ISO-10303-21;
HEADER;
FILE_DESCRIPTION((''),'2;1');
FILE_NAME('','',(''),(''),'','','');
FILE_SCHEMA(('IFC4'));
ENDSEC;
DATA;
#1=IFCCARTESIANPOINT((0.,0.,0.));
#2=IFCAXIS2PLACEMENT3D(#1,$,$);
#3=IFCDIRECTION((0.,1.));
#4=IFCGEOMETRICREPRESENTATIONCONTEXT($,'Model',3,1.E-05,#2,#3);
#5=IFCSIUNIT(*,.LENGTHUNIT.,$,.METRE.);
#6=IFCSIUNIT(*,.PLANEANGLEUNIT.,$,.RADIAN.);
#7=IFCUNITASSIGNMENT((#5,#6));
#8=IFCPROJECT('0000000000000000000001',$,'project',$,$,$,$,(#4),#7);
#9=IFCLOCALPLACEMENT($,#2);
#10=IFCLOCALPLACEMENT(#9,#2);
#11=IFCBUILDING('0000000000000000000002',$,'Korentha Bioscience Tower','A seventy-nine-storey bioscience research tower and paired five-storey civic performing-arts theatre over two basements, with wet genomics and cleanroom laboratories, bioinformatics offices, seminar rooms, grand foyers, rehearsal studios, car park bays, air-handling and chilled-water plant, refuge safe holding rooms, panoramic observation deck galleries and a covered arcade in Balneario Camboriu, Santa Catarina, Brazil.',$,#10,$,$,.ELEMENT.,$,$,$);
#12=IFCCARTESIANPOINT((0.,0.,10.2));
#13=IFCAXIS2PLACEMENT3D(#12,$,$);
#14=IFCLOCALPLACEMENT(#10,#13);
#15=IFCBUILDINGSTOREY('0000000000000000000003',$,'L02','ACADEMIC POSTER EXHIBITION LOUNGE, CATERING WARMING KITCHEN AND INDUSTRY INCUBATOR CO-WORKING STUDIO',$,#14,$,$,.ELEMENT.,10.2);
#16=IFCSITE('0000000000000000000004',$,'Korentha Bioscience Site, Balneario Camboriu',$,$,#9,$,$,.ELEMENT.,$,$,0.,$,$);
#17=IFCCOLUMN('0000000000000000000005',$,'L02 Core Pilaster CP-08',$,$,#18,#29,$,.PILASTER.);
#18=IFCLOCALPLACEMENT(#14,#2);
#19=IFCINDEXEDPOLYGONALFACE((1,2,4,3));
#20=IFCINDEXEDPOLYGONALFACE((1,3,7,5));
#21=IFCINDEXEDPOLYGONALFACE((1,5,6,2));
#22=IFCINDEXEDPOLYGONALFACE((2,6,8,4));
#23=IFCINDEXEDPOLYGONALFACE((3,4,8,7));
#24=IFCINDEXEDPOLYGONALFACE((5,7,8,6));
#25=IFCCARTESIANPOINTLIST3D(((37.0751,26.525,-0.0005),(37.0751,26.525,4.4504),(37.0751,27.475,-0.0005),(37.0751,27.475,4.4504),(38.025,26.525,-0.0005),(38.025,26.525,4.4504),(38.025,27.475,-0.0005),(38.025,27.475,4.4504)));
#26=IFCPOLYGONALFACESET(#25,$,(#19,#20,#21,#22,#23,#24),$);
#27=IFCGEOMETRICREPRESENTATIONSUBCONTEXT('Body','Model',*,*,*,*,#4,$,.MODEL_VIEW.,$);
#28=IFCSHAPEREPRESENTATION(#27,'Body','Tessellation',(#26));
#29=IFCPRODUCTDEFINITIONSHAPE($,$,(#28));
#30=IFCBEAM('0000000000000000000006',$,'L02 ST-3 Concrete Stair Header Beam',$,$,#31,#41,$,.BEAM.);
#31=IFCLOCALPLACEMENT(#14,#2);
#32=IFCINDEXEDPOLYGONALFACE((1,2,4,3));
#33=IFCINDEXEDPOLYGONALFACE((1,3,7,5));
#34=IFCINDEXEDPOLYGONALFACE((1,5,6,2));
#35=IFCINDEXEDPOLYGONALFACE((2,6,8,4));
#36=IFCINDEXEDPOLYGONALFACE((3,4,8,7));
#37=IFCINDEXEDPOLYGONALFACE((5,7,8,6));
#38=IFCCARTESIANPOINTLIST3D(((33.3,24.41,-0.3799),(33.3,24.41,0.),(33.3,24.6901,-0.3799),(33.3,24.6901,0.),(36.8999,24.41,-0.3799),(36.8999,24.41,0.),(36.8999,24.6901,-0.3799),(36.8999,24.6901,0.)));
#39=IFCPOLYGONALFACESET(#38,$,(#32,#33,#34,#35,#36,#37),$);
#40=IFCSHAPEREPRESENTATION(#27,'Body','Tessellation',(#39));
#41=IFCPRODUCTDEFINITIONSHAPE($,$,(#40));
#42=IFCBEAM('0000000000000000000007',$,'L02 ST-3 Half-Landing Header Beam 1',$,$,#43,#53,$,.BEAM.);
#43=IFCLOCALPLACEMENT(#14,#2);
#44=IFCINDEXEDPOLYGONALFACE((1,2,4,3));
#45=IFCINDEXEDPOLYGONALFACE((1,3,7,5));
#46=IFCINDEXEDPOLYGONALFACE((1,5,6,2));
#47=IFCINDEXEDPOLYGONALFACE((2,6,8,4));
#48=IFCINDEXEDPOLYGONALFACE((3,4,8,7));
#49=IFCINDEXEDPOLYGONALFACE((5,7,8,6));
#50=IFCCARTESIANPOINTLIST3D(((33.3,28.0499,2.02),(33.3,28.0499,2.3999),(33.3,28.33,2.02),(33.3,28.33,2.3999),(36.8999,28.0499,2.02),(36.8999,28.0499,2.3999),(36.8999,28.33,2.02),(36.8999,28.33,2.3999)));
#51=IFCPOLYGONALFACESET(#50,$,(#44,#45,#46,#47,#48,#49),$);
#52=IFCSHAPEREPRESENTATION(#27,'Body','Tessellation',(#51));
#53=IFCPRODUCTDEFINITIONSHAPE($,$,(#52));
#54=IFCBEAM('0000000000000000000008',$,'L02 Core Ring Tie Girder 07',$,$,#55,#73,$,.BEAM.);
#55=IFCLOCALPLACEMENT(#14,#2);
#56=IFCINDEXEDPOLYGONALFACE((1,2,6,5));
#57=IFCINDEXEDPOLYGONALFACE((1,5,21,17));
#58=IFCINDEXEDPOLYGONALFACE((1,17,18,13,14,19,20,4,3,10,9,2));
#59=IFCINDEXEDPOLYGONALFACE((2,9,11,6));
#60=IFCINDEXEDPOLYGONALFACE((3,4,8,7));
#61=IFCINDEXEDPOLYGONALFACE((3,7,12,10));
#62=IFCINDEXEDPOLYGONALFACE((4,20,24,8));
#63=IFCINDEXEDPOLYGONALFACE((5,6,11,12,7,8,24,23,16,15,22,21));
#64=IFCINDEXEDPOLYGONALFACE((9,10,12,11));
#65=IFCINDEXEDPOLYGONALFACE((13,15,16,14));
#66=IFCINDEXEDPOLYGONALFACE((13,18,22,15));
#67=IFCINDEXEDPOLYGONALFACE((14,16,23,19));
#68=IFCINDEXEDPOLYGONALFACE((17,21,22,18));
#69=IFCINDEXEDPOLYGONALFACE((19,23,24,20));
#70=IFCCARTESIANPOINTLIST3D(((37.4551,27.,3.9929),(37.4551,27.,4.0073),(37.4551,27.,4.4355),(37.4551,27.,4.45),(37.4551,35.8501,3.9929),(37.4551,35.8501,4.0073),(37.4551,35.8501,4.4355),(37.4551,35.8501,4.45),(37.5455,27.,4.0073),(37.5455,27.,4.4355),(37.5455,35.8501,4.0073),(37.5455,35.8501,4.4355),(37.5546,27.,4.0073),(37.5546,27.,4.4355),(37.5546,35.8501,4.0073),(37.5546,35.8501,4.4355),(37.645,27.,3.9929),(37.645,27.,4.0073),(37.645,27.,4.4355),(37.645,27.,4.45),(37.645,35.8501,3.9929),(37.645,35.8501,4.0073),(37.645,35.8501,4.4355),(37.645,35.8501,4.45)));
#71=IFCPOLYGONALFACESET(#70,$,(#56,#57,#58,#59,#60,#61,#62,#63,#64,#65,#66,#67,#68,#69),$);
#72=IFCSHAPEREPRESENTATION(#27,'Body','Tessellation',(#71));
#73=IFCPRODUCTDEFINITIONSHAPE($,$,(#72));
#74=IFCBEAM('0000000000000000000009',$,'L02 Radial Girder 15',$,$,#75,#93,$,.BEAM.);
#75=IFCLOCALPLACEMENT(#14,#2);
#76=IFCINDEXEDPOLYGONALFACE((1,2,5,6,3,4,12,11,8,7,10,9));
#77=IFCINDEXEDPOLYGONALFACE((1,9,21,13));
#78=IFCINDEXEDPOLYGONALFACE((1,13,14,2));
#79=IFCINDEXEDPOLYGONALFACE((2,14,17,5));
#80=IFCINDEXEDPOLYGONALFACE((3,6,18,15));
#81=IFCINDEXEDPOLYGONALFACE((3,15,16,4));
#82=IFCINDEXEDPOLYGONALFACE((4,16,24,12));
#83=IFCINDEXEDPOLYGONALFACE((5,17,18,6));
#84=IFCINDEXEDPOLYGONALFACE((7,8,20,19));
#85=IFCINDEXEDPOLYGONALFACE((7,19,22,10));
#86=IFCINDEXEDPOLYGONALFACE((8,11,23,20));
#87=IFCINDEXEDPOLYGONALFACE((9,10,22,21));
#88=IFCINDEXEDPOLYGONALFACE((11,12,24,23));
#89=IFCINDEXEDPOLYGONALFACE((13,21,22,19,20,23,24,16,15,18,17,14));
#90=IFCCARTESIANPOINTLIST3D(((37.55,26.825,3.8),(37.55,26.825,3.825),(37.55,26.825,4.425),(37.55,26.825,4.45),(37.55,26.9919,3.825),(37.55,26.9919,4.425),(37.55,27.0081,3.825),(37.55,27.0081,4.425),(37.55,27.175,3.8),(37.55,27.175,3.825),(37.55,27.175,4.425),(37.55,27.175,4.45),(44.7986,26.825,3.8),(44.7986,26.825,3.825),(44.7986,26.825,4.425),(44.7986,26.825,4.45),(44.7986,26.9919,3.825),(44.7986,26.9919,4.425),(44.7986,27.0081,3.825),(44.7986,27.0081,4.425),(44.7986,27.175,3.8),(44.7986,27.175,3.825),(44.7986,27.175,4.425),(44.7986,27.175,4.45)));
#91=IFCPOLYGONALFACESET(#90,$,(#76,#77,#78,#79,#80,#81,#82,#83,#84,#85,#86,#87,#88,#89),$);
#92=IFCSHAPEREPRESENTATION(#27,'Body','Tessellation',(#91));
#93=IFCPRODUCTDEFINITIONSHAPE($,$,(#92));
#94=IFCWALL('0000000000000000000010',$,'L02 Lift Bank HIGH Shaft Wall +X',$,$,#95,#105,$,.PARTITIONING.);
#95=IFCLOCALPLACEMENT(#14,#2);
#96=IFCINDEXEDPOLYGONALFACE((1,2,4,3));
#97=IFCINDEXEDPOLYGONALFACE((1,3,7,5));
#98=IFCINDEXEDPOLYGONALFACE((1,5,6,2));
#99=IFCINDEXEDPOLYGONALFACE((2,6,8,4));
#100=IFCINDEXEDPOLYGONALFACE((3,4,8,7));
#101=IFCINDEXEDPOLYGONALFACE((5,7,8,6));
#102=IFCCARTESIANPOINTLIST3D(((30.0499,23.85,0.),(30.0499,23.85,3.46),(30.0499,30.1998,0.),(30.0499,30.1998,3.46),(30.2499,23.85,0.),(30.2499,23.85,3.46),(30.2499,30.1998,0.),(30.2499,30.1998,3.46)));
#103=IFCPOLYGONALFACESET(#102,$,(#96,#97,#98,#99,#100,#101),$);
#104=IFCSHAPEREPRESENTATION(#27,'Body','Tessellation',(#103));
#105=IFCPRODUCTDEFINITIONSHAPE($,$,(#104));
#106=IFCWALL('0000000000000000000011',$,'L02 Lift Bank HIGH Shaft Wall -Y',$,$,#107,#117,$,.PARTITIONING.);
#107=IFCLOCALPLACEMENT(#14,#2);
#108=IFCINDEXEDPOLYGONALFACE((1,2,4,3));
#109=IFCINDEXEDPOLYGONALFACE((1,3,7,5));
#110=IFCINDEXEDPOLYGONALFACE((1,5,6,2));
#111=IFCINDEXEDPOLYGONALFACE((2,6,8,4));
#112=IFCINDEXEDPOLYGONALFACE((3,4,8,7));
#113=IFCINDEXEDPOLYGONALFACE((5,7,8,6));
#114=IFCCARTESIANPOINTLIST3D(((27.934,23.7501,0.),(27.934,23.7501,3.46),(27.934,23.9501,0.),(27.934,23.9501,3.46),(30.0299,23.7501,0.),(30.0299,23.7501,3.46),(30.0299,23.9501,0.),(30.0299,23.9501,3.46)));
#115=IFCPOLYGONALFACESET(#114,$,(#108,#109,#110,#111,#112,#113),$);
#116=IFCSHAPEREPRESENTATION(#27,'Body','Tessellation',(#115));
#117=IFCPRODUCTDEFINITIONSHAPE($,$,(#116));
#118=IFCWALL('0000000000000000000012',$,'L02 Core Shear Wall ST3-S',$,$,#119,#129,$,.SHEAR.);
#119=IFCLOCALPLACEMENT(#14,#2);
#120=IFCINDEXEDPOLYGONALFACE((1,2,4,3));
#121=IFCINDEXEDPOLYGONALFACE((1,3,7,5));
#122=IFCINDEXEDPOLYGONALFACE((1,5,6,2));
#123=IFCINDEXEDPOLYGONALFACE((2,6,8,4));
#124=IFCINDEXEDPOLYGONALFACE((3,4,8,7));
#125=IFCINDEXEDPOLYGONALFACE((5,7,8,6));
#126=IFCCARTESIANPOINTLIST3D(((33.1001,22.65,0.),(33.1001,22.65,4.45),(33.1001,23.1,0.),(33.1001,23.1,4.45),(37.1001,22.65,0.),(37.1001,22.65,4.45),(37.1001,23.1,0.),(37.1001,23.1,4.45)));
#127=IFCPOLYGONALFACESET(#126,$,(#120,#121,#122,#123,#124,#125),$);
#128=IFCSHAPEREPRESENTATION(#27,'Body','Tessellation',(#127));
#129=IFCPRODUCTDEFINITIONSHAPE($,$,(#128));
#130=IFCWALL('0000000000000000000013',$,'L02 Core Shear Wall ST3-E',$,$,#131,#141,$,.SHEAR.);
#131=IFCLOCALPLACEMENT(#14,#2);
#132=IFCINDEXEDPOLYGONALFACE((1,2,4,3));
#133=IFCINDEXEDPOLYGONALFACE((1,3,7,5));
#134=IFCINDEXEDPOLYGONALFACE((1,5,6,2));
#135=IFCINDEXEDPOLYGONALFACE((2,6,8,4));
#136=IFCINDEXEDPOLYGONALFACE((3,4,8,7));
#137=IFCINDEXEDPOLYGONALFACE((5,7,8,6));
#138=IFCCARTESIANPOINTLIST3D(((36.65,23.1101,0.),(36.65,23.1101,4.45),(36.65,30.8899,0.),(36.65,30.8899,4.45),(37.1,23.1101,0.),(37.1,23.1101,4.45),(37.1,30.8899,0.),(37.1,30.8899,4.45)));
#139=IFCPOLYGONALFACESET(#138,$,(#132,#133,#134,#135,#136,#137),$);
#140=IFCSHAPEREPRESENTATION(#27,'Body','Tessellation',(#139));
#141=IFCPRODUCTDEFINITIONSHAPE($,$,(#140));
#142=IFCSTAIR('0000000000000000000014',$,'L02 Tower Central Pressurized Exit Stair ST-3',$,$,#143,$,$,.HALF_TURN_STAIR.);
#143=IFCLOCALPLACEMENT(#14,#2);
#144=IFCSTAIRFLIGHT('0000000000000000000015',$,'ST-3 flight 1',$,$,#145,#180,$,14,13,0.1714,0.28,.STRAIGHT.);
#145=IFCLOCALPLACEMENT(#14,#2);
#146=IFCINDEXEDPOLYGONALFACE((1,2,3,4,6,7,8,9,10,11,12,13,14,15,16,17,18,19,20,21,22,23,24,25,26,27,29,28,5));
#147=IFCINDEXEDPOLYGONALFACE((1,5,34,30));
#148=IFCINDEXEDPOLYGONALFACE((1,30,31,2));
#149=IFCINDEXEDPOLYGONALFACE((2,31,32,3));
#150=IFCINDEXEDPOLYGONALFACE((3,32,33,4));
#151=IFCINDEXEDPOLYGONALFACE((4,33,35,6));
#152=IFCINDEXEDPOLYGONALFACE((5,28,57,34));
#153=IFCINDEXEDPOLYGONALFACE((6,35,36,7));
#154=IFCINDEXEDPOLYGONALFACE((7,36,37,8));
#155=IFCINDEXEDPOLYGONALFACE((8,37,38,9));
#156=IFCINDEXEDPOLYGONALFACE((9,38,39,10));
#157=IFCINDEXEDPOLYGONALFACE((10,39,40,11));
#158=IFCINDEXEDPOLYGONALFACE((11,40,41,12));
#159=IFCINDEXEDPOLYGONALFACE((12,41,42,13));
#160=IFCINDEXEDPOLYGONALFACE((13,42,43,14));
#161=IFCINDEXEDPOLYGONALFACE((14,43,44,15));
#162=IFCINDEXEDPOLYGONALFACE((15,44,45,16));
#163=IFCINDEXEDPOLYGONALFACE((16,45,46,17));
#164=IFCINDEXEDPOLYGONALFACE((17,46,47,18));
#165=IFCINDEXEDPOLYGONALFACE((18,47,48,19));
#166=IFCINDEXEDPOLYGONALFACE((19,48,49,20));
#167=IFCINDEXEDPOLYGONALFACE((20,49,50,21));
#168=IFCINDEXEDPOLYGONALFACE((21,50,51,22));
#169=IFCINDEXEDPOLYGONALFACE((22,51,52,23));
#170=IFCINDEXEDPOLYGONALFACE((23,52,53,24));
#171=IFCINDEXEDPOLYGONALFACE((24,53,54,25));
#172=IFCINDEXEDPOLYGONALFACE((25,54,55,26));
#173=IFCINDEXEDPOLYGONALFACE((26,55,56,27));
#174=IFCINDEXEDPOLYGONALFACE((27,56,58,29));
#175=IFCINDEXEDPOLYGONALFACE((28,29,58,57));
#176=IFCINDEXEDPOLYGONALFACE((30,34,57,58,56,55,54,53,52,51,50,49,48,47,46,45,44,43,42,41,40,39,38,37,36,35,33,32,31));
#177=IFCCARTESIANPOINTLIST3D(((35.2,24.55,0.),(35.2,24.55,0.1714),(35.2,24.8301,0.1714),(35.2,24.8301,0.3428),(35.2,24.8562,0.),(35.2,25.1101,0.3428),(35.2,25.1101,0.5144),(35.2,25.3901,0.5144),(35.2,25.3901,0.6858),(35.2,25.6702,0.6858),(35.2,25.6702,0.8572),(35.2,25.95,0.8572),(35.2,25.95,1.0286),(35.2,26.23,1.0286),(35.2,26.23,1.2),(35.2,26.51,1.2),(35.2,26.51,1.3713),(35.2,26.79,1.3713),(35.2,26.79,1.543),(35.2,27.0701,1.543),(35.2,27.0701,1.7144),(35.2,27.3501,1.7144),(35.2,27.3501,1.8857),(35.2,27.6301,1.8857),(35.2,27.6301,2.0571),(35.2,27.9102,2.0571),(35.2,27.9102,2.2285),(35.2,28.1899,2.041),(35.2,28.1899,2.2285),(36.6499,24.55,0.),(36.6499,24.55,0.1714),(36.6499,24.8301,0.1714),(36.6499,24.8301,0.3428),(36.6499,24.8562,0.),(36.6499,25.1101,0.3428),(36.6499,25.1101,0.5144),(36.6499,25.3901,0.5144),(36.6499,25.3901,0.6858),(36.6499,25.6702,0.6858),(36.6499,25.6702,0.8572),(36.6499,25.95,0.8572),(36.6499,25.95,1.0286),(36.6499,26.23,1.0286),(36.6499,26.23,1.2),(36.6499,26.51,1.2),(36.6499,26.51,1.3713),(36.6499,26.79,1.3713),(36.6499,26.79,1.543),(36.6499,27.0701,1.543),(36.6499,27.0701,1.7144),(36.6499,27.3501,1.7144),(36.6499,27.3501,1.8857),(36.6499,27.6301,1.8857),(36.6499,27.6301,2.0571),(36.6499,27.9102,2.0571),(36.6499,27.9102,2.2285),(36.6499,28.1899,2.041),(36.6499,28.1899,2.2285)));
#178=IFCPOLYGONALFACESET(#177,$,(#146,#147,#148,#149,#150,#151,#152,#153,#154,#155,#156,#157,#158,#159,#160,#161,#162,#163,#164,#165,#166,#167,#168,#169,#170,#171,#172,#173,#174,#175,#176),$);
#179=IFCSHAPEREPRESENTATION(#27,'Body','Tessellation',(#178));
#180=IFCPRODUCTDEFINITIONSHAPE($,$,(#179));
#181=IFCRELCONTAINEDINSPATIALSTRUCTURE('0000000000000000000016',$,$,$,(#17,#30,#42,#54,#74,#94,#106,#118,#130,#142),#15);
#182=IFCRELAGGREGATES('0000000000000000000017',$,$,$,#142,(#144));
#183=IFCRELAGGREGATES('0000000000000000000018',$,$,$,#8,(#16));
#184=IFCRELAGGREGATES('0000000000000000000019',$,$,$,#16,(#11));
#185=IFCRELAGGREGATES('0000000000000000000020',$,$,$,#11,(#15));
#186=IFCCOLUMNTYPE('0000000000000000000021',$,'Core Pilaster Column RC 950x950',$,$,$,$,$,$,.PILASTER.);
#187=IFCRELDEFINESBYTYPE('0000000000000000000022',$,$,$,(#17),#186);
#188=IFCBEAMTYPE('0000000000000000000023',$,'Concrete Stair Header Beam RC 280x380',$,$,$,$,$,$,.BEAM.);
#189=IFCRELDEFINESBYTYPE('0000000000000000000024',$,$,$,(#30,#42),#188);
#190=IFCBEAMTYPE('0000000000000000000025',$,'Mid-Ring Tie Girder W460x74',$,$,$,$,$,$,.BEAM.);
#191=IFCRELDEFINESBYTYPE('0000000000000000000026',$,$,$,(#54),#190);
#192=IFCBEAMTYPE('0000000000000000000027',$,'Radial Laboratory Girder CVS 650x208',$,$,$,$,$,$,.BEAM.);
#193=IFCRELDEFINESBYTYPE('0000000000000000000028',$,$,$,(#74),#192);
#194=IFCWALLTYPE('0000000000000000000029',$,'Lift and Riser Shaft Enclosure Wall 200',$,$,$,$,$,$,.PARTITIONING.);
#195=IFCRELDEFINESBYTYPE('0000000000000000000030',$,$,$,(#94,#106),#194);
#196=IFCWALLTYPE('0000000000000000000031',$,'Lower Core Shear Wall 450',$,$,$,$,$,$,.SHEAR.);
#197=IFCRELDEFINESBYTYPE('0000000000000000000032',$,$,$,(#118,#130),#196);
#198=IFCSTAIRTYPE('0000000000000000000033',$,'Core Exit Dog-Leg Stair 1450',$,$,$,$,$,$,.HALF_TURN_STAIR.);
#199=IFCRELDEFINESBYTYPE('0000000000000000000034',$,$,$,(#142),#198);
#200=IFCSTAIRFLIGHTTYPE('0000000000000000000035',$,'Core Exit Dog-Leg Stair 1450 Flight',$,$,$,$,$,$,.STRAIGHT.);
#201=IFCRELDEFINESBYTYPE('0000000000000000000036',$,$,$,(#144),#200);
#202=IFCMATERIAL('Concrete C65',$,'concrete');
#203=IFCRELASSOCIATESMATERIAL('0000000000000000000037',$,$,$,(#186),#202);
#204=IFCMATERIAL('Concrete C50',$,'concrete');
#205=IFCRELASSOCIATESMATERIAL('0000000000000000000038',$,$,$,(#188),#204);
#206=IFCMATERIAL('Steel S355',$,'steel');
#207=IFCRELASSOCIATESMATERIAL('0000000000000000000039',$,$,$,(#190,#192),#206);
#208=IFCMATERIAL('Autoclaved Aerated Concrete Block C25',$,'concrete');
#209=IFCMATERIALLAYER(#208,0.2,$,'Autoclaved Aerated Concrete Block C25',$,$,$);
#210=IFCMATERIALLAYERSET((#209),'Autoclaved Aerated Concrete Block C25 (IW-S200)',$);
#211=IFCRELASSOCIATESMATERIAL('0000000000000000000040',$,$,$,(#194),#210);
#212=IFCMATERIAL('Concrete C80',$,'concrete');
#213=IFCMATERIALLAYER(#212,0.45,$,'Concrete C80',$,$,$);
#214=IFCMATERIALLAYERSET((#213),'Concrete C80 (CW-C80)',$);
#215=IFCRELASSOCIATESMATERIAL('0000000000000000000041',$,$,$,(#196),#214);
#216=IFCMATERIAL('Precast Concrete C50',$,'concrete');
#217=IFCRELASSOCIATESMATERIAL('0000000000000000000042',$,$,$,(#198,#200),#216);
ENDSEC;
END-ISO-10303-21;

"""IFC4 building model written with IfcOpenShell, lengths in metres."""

from ifc_helpers import new_model, si_unit, direction, frame, frame_2d, origin, origin_2d, place, context, subcontext, project, spatial, polyline, rectangle, i_section, outline, extrude, material, layer, layer_set, material_profile, profile_set, type_object, element, aggregate, save


model = new_model("IFC4")

# Units and contexts
model_context = context("Model", 3, precision=1e-05, world=origin(), true_north=direction((0.0, 1.0)))
body_context = subcontext(model_context, "Body", "Model", "MODEL_VIEW")
ifc_project = project(units=[si_unit("LENGTHUNIT", "METRE"), si_unit("PLANEANGLEUNIT", "RADIAN")], contexts=[model_context])

# Site, building, storey
site_placement = place(None, origin())
site = spatial("IfcSite", under=ifc_project, at=site_placement, Name="Korentha Bioscience Site, Balneario Camboriu", CompositionType="ELEMENT", RefElevation=0.0)
building_placement = place(site_placement, origin())
building = spatial("IfcBuilding", under=site, at=building_placement, Name="Korentha Bioscience Tower", Description="A seventy-nine-storey bioscience research tower and paired five-storey civic performing-arts theatre over two basements, with wet genomics and cleanroom laboratories, bioinformatics offices, seminar rooms, grand foyers, rehearsal studios, car park bays, air-handling and chilled-water plant, refuge safe holding rooms, panoramic observation deck galleries and a covered arcade in Balneario Camboriu, Santa Catarina, Brazil.", CompositionType="ELEMENT")
storey_placement = place(building_placement, frame((0.0, 0.0, 10.2)))
storey = spatial("IfcBuildingStorey", under=building, at=storey_placement, Name="L02", Description="ACADEMIC POSTER EXHIBITION LOUNGE, CATERING WARMING KITCHEN AND INDUSTRY INCUBATOR CO-WORKING STUDIO", CompositionType="ELEMENT", Elevation=10.2)

# Column
ifc_material_1 = material(Name="Concrete C65", Category="concrete")
ifc_material_profile_1 = material_profile(ifc_material_1, rectangle(XDim=0.95, YDim=0.95, at=origin_2d()), Name="Concrete C65")
ifc_profile_set_1 = profile_set([ifc_material_profile_1], Name="Concrete C65 (COL-CP09)")
column_type = type_object("IfcColumnType", Name="Core Pilaster Column RC 950x950", PredefinedType="PILASTER", material=ifc_profile_set_1)
column_placement = place(storey_placement, frame((37.55, 27.0, -0.0005), z_axis=(0.0, 0.0, 1.0), x_axis=(1.0, 0.0, 0.0)))
element("IfcColumn", 1, at=column_placement, inside=storey, type_object=column_type, Name="L02 Core Pilaster CP-08", PredefinedType="PILASTER", context=body_context, shape_type="SweptSolid", body=[
    extrude(rectangle(XDim=0.95, YDim=0.95, at=origin_2d()), origin(), (0.0, 0.0, 1.0), 4.4509),
])

# Beams
ifc_material_2 = material(Name="Concrete C50", Category="concrete")
ifc_material_profile_2 = material_profile(ifc_material_2, rectangle(XDim=0.28, YDim=0.3799, at=origin_2d()), Name="Concrete C50")
ifc_profile_set_2 = profile_set([ifc_material_profile_2], Name="Concrete C50 (ST-HB380)")
beam_type_1 = type_object("IfcBeamType", Name="Concrete Stair Header Beam RC 280x380", PredefinedType="BEAM", material=ifc_profile_set_2)
for number, where, z_axis, x_axis, name in (
    (2, (36.8999, 24.55, -0.1899), (-1.0, 0.0, 0.0), (0.0, -1.0, 0.0), "L02 ST-3 Concrete Stair Header Beam"),
    (3, (36.8999, 28.1899, 2.21), (-1.0, 0.0, 0.0), (0.0, -1.0, 0.0), "L02 ST-3 Half-Landing Header Beam 1"),
):
    element("IfcBeam", number, at=place(storey_placement, frame(where, z_axis=z_axis, x_axis=x_axis)), inside=storey, type_object=beam_type_1, Name=name, PredefinedType="BEAM", context=body_context, shape_type="SweptSolid", body=[
        extrude(rectangle(XDim=0.28, YDim=0.3799, at=origin_2d()), origin(), (0.0, 0.0, 1.0), 3.5999),
    ])
ifc_material_3 = material(Name="Steel S355", Category="steel")
ifc_material_profile_3 = material_profile(ifc_material_3, i_section(OverallWidth=0.1899, OverallDepth=0.457, WebThickness=0.009, FlangeThickness=0.0144, at=origin_2d()), Name="Steel S355")
ifc_profile_set_3 = profile_set([ifc_material_profile_3], Name="Steel S355 (MB-460)")
beam_type_2 = type_object("IfcBeamType", Name="Mid-Ring Tie Girder W460x74", PredefinedType="BEAM", material=ifc_profile_set_3)
beam_1_placement = place(storey_placement, frame((37.55, 27.0, 4.2214), z_axis=(0.0, 1.0, 0.0), x_axis=(-1.0, 0.0, 0.0)))
element("IfcBeam", 4, at=beam_1_placement, inside=storey, type_object=beam_type_2, Name="L02 Core Ring Tie Girder 07", PredefinedType="BEAM", context=body_context, shape_type="SweptSolid", body=[
    extrude(i_section(OverallWidth=0.1899, OverallDepth=0.457, WebThickness=0.009, FlangeThickness=0.0144, at=origin_2d()), origin(), (0.0, 0.0, 1.0), 8.8501),
])
ifc_material_profile_4 = material_profile(ifc_material_3, i_section(OverallWidth=0.3501, OverallDepth=0.6499, WebThickness=0.0161, FlangeThickness=0.0249, at=origin_2d()), Name="Steel S355")
ifc_profile_set_4 = profile_set([ifc_material_profile_4], Name="Steel S355 (RB-650)")
beam_type_3 = type_object("IfcBeamType", Name="Radial Laboratory Girder CVS 650x208", PredefinedType="BEAM", material=ifc_profile_set_4)
beam_2_placement = place(storey_placement, frame((37.55, 27.0, 4.125), z_axis=(1.0, 0.0, 0.0), x_axis=(0.0, 1.0, 0.0)))
element("IfcBeam", 5, at=beam_2_placement, inside=storey, type_object=beam_type_3, Name="L02 Radial Girder 15", PredefinedType="BEAM", context=body_context, shape_type="SweptSolid", body=[
    extrude(i_section(OverallWidth=0.3501, OverallDepth=0.6499, WebThickness=0.0161, FlangeThickness=0.0249, at=origin_2d()), origin(), (0.0, 0.0, 1.0), 7.2485),
])

# Walls
ifc_material_4 = material(Name="Autoclaved Aerated Concrete Block C25", Category="concrete")
ifc_layer_1 = layer(ifc_material_4, 0.2, Name="Autoclaved Aerated Concrete Block C25")
ifc_layer_set_1 = layer_set([ifc_layer_1], Name="Autoclaved Aerated Concrete Block C25 (IW-S200)")
wall_type_1 = type_object("IfcWallType", Name="Lift and Riser Shaft Enclosure Wall 200", PredefinedType="PARTITIONING", material=ifc_layer_set_1)
wall_1_placement = place(storey_placement, frame((30.1499, 23.8501, 0.0), z_axis=(0.0, 0.0, 1.0), x_axis=(0.0, 1.0, 0.0)))
element("IfcWall", 6, at=wall_1_placement, inside=storey, type_object=wall_type_1, Name="L02 Lift Bank HIGH Shaft Wall +X", PredefinedType="PARTITIONING", context=body_context, shape_type="SweptSolid", body=[
    extrude(rectangle(XDim=6.3499, YDim=0.2, at=frame_2d((3.1748, 0.0))), origin(), (0.0, 0.0, 1.0), 3.46),
])
wall_2_placement = place(storey_placement, frame((27.9341, 23.8501, 0.0), z_axis=(0.0, 0.0, 1.0), x_axis=(1.0, 0.0, 0.0)))
element("IfcWall", 7, at=wall_2_placement, inside=storey, type_object=wall_type_1, Name="L02 Lift Bank HIGH Shaft Wall -Y", PredefinedType="PARTITIONING", context=body_context, shape_type="SweptSolid", body=[
    extrude(rectangle(XDim=2.0959, YDim=0.2, at=frame_2d((1.0479, 0.0))), origin(), (0.0, 0.0, 1.0), 3.46),
])
ifc_material_5 = material(Name="Concrete C80", Category="concrete")
ifc_layer_2 = layer(ifc_material_5, 0.45, Name="Concrete C80")
ifc_layer_set_2 = layer_set([ifc_layer_2], Name="Concrete C80 (CW-C80)")
wall_type_2 = type_object("IfcWallType", Name="Lower Core Shear Wall 450", PredefinedType="SHEAR", material=ifc_layer_set_2)
wall_3_placement = place(storey_placement, frame((33.1001, 22.875, 0.0), z_axis=(0.0, 0.0, 1.0), x_axis=(1.0, 0.0, 0.0)))
element("IfcWall", 8, at=wall_3_placement, inside=storey, type_object=wall_type_2, Name="L02 Core Shear Wall ST3-S", PredefinedType="SHEAR", context=body_context, shape_type="SweptSolid", body=[
    extrude(rectangle(XDim=4.0, YDim=0.45, at=frame_2d((2.0, 0.0))), origin(), (0.0, 0.0, 1.0), 4.45),
])
wall_4_placement = place(storey_placement, frame((36.875, 23.1101, 0.0), z_axis=(0.0, 0.0, 1.0), x_axis=(0.0, 1.0, 0.0)))
element("IfcWall", 9, at=wall_4_placement, inside=storey, type_object=wall_type_2, Name="L02 Core Shear Wall ST3-E", PredefinedType="SHEAR", context=body_context, shape_type="SweptSolid", body=[
    extrude(rectangle(XDim=7.7798, YDim=0.45, at=frame_2d((3.8899, 0.0))), origin(), (0.0, 0.0, 1.0), 4.45),
])

# Stair, stair flight
ifc_material_6 = material(Name="Precast Concrete C50", Category="concrete")
stair_type = type_object("IfcStairType", Name="Core Exit Dog-Leg Stair 1450", PredefinedType="HALF_TURN_STAIR", material=ifc_material_6)
stair_placement = place(storey_placement, origin())
stair = element("IfcStair", 10, at=stair_placement, inside=storey, type_object=stair_type, Name="L02 Tower Central Pressurized Exit Stair ST-3", PredefinedType="HALF_TURN_STAIR")
stair_flight_type = type_object("IfcStairFlightType", Name="Core Exit Dog-Leg Stair 1450 Flight", PredefinedType="STRAIGHT", material=ifc_material_6)
stair_flight_1_placement = place(storey_placement, frame((35.925, 24.55, 0.0), z_axis=(0.0, 0.0, 1.0), x_axis=(0.0, 1.0, 0.0)))
stair_flight_1 = element("IfcStairFlight", 11, at=stair_flight_1_placement, type_object=stair_flight_type, Name="ST-3 flight 1", NumberOfRisers=14, NumberOfTreads=13, PredefinedType="STRAIGHT", RiserHeight=0.1714, TreadLength=0.28, context=body_context, shape_type="SweptSolid", body=[
    extrude(outline(polyline([(0.0, 0.0), (0.0, 0.1714), (0.28, 0.1714), (0.28, 0.3428), (0.5601, 0.3428), (0.5601, 0.5144), (0.8401, 0.5144), (0.8401, 0.6858), (1.1201, 0.6858), (1.1201, 0.8572), (1.3999, 0.8572), (1.3999, 1.0286), (1.6799, 1.0286), (1.6799, 1.2), (1.96, 1.2), (1.96, 1.3713), (2.24, 1.3713), (2.24, 1.543), (2.52, 1.543), (2.52, 1.7144), (2.8, 1.7144), (2.8, 1.8857), (3.0801, 1.8857), (3.0801, 2.0571), (3.3601, 2.0571), (3.3601, 2.2285), (3.6399, 2.2285), (3.6399, 2.3999), (3.6399, 2.041), (0.3062, 0.0), (0.0, 0.0)])), frame((0.0, 0.7251, 0.0), z_axis=(0.0, -1.0, 0.0), x_axis=(1.0, 0.0, 0.0)), (0.0, 0.0, 1.0), 1.45),
])
aggregate(stair, [stair_flight_1])

save(model, "model.ifc")
